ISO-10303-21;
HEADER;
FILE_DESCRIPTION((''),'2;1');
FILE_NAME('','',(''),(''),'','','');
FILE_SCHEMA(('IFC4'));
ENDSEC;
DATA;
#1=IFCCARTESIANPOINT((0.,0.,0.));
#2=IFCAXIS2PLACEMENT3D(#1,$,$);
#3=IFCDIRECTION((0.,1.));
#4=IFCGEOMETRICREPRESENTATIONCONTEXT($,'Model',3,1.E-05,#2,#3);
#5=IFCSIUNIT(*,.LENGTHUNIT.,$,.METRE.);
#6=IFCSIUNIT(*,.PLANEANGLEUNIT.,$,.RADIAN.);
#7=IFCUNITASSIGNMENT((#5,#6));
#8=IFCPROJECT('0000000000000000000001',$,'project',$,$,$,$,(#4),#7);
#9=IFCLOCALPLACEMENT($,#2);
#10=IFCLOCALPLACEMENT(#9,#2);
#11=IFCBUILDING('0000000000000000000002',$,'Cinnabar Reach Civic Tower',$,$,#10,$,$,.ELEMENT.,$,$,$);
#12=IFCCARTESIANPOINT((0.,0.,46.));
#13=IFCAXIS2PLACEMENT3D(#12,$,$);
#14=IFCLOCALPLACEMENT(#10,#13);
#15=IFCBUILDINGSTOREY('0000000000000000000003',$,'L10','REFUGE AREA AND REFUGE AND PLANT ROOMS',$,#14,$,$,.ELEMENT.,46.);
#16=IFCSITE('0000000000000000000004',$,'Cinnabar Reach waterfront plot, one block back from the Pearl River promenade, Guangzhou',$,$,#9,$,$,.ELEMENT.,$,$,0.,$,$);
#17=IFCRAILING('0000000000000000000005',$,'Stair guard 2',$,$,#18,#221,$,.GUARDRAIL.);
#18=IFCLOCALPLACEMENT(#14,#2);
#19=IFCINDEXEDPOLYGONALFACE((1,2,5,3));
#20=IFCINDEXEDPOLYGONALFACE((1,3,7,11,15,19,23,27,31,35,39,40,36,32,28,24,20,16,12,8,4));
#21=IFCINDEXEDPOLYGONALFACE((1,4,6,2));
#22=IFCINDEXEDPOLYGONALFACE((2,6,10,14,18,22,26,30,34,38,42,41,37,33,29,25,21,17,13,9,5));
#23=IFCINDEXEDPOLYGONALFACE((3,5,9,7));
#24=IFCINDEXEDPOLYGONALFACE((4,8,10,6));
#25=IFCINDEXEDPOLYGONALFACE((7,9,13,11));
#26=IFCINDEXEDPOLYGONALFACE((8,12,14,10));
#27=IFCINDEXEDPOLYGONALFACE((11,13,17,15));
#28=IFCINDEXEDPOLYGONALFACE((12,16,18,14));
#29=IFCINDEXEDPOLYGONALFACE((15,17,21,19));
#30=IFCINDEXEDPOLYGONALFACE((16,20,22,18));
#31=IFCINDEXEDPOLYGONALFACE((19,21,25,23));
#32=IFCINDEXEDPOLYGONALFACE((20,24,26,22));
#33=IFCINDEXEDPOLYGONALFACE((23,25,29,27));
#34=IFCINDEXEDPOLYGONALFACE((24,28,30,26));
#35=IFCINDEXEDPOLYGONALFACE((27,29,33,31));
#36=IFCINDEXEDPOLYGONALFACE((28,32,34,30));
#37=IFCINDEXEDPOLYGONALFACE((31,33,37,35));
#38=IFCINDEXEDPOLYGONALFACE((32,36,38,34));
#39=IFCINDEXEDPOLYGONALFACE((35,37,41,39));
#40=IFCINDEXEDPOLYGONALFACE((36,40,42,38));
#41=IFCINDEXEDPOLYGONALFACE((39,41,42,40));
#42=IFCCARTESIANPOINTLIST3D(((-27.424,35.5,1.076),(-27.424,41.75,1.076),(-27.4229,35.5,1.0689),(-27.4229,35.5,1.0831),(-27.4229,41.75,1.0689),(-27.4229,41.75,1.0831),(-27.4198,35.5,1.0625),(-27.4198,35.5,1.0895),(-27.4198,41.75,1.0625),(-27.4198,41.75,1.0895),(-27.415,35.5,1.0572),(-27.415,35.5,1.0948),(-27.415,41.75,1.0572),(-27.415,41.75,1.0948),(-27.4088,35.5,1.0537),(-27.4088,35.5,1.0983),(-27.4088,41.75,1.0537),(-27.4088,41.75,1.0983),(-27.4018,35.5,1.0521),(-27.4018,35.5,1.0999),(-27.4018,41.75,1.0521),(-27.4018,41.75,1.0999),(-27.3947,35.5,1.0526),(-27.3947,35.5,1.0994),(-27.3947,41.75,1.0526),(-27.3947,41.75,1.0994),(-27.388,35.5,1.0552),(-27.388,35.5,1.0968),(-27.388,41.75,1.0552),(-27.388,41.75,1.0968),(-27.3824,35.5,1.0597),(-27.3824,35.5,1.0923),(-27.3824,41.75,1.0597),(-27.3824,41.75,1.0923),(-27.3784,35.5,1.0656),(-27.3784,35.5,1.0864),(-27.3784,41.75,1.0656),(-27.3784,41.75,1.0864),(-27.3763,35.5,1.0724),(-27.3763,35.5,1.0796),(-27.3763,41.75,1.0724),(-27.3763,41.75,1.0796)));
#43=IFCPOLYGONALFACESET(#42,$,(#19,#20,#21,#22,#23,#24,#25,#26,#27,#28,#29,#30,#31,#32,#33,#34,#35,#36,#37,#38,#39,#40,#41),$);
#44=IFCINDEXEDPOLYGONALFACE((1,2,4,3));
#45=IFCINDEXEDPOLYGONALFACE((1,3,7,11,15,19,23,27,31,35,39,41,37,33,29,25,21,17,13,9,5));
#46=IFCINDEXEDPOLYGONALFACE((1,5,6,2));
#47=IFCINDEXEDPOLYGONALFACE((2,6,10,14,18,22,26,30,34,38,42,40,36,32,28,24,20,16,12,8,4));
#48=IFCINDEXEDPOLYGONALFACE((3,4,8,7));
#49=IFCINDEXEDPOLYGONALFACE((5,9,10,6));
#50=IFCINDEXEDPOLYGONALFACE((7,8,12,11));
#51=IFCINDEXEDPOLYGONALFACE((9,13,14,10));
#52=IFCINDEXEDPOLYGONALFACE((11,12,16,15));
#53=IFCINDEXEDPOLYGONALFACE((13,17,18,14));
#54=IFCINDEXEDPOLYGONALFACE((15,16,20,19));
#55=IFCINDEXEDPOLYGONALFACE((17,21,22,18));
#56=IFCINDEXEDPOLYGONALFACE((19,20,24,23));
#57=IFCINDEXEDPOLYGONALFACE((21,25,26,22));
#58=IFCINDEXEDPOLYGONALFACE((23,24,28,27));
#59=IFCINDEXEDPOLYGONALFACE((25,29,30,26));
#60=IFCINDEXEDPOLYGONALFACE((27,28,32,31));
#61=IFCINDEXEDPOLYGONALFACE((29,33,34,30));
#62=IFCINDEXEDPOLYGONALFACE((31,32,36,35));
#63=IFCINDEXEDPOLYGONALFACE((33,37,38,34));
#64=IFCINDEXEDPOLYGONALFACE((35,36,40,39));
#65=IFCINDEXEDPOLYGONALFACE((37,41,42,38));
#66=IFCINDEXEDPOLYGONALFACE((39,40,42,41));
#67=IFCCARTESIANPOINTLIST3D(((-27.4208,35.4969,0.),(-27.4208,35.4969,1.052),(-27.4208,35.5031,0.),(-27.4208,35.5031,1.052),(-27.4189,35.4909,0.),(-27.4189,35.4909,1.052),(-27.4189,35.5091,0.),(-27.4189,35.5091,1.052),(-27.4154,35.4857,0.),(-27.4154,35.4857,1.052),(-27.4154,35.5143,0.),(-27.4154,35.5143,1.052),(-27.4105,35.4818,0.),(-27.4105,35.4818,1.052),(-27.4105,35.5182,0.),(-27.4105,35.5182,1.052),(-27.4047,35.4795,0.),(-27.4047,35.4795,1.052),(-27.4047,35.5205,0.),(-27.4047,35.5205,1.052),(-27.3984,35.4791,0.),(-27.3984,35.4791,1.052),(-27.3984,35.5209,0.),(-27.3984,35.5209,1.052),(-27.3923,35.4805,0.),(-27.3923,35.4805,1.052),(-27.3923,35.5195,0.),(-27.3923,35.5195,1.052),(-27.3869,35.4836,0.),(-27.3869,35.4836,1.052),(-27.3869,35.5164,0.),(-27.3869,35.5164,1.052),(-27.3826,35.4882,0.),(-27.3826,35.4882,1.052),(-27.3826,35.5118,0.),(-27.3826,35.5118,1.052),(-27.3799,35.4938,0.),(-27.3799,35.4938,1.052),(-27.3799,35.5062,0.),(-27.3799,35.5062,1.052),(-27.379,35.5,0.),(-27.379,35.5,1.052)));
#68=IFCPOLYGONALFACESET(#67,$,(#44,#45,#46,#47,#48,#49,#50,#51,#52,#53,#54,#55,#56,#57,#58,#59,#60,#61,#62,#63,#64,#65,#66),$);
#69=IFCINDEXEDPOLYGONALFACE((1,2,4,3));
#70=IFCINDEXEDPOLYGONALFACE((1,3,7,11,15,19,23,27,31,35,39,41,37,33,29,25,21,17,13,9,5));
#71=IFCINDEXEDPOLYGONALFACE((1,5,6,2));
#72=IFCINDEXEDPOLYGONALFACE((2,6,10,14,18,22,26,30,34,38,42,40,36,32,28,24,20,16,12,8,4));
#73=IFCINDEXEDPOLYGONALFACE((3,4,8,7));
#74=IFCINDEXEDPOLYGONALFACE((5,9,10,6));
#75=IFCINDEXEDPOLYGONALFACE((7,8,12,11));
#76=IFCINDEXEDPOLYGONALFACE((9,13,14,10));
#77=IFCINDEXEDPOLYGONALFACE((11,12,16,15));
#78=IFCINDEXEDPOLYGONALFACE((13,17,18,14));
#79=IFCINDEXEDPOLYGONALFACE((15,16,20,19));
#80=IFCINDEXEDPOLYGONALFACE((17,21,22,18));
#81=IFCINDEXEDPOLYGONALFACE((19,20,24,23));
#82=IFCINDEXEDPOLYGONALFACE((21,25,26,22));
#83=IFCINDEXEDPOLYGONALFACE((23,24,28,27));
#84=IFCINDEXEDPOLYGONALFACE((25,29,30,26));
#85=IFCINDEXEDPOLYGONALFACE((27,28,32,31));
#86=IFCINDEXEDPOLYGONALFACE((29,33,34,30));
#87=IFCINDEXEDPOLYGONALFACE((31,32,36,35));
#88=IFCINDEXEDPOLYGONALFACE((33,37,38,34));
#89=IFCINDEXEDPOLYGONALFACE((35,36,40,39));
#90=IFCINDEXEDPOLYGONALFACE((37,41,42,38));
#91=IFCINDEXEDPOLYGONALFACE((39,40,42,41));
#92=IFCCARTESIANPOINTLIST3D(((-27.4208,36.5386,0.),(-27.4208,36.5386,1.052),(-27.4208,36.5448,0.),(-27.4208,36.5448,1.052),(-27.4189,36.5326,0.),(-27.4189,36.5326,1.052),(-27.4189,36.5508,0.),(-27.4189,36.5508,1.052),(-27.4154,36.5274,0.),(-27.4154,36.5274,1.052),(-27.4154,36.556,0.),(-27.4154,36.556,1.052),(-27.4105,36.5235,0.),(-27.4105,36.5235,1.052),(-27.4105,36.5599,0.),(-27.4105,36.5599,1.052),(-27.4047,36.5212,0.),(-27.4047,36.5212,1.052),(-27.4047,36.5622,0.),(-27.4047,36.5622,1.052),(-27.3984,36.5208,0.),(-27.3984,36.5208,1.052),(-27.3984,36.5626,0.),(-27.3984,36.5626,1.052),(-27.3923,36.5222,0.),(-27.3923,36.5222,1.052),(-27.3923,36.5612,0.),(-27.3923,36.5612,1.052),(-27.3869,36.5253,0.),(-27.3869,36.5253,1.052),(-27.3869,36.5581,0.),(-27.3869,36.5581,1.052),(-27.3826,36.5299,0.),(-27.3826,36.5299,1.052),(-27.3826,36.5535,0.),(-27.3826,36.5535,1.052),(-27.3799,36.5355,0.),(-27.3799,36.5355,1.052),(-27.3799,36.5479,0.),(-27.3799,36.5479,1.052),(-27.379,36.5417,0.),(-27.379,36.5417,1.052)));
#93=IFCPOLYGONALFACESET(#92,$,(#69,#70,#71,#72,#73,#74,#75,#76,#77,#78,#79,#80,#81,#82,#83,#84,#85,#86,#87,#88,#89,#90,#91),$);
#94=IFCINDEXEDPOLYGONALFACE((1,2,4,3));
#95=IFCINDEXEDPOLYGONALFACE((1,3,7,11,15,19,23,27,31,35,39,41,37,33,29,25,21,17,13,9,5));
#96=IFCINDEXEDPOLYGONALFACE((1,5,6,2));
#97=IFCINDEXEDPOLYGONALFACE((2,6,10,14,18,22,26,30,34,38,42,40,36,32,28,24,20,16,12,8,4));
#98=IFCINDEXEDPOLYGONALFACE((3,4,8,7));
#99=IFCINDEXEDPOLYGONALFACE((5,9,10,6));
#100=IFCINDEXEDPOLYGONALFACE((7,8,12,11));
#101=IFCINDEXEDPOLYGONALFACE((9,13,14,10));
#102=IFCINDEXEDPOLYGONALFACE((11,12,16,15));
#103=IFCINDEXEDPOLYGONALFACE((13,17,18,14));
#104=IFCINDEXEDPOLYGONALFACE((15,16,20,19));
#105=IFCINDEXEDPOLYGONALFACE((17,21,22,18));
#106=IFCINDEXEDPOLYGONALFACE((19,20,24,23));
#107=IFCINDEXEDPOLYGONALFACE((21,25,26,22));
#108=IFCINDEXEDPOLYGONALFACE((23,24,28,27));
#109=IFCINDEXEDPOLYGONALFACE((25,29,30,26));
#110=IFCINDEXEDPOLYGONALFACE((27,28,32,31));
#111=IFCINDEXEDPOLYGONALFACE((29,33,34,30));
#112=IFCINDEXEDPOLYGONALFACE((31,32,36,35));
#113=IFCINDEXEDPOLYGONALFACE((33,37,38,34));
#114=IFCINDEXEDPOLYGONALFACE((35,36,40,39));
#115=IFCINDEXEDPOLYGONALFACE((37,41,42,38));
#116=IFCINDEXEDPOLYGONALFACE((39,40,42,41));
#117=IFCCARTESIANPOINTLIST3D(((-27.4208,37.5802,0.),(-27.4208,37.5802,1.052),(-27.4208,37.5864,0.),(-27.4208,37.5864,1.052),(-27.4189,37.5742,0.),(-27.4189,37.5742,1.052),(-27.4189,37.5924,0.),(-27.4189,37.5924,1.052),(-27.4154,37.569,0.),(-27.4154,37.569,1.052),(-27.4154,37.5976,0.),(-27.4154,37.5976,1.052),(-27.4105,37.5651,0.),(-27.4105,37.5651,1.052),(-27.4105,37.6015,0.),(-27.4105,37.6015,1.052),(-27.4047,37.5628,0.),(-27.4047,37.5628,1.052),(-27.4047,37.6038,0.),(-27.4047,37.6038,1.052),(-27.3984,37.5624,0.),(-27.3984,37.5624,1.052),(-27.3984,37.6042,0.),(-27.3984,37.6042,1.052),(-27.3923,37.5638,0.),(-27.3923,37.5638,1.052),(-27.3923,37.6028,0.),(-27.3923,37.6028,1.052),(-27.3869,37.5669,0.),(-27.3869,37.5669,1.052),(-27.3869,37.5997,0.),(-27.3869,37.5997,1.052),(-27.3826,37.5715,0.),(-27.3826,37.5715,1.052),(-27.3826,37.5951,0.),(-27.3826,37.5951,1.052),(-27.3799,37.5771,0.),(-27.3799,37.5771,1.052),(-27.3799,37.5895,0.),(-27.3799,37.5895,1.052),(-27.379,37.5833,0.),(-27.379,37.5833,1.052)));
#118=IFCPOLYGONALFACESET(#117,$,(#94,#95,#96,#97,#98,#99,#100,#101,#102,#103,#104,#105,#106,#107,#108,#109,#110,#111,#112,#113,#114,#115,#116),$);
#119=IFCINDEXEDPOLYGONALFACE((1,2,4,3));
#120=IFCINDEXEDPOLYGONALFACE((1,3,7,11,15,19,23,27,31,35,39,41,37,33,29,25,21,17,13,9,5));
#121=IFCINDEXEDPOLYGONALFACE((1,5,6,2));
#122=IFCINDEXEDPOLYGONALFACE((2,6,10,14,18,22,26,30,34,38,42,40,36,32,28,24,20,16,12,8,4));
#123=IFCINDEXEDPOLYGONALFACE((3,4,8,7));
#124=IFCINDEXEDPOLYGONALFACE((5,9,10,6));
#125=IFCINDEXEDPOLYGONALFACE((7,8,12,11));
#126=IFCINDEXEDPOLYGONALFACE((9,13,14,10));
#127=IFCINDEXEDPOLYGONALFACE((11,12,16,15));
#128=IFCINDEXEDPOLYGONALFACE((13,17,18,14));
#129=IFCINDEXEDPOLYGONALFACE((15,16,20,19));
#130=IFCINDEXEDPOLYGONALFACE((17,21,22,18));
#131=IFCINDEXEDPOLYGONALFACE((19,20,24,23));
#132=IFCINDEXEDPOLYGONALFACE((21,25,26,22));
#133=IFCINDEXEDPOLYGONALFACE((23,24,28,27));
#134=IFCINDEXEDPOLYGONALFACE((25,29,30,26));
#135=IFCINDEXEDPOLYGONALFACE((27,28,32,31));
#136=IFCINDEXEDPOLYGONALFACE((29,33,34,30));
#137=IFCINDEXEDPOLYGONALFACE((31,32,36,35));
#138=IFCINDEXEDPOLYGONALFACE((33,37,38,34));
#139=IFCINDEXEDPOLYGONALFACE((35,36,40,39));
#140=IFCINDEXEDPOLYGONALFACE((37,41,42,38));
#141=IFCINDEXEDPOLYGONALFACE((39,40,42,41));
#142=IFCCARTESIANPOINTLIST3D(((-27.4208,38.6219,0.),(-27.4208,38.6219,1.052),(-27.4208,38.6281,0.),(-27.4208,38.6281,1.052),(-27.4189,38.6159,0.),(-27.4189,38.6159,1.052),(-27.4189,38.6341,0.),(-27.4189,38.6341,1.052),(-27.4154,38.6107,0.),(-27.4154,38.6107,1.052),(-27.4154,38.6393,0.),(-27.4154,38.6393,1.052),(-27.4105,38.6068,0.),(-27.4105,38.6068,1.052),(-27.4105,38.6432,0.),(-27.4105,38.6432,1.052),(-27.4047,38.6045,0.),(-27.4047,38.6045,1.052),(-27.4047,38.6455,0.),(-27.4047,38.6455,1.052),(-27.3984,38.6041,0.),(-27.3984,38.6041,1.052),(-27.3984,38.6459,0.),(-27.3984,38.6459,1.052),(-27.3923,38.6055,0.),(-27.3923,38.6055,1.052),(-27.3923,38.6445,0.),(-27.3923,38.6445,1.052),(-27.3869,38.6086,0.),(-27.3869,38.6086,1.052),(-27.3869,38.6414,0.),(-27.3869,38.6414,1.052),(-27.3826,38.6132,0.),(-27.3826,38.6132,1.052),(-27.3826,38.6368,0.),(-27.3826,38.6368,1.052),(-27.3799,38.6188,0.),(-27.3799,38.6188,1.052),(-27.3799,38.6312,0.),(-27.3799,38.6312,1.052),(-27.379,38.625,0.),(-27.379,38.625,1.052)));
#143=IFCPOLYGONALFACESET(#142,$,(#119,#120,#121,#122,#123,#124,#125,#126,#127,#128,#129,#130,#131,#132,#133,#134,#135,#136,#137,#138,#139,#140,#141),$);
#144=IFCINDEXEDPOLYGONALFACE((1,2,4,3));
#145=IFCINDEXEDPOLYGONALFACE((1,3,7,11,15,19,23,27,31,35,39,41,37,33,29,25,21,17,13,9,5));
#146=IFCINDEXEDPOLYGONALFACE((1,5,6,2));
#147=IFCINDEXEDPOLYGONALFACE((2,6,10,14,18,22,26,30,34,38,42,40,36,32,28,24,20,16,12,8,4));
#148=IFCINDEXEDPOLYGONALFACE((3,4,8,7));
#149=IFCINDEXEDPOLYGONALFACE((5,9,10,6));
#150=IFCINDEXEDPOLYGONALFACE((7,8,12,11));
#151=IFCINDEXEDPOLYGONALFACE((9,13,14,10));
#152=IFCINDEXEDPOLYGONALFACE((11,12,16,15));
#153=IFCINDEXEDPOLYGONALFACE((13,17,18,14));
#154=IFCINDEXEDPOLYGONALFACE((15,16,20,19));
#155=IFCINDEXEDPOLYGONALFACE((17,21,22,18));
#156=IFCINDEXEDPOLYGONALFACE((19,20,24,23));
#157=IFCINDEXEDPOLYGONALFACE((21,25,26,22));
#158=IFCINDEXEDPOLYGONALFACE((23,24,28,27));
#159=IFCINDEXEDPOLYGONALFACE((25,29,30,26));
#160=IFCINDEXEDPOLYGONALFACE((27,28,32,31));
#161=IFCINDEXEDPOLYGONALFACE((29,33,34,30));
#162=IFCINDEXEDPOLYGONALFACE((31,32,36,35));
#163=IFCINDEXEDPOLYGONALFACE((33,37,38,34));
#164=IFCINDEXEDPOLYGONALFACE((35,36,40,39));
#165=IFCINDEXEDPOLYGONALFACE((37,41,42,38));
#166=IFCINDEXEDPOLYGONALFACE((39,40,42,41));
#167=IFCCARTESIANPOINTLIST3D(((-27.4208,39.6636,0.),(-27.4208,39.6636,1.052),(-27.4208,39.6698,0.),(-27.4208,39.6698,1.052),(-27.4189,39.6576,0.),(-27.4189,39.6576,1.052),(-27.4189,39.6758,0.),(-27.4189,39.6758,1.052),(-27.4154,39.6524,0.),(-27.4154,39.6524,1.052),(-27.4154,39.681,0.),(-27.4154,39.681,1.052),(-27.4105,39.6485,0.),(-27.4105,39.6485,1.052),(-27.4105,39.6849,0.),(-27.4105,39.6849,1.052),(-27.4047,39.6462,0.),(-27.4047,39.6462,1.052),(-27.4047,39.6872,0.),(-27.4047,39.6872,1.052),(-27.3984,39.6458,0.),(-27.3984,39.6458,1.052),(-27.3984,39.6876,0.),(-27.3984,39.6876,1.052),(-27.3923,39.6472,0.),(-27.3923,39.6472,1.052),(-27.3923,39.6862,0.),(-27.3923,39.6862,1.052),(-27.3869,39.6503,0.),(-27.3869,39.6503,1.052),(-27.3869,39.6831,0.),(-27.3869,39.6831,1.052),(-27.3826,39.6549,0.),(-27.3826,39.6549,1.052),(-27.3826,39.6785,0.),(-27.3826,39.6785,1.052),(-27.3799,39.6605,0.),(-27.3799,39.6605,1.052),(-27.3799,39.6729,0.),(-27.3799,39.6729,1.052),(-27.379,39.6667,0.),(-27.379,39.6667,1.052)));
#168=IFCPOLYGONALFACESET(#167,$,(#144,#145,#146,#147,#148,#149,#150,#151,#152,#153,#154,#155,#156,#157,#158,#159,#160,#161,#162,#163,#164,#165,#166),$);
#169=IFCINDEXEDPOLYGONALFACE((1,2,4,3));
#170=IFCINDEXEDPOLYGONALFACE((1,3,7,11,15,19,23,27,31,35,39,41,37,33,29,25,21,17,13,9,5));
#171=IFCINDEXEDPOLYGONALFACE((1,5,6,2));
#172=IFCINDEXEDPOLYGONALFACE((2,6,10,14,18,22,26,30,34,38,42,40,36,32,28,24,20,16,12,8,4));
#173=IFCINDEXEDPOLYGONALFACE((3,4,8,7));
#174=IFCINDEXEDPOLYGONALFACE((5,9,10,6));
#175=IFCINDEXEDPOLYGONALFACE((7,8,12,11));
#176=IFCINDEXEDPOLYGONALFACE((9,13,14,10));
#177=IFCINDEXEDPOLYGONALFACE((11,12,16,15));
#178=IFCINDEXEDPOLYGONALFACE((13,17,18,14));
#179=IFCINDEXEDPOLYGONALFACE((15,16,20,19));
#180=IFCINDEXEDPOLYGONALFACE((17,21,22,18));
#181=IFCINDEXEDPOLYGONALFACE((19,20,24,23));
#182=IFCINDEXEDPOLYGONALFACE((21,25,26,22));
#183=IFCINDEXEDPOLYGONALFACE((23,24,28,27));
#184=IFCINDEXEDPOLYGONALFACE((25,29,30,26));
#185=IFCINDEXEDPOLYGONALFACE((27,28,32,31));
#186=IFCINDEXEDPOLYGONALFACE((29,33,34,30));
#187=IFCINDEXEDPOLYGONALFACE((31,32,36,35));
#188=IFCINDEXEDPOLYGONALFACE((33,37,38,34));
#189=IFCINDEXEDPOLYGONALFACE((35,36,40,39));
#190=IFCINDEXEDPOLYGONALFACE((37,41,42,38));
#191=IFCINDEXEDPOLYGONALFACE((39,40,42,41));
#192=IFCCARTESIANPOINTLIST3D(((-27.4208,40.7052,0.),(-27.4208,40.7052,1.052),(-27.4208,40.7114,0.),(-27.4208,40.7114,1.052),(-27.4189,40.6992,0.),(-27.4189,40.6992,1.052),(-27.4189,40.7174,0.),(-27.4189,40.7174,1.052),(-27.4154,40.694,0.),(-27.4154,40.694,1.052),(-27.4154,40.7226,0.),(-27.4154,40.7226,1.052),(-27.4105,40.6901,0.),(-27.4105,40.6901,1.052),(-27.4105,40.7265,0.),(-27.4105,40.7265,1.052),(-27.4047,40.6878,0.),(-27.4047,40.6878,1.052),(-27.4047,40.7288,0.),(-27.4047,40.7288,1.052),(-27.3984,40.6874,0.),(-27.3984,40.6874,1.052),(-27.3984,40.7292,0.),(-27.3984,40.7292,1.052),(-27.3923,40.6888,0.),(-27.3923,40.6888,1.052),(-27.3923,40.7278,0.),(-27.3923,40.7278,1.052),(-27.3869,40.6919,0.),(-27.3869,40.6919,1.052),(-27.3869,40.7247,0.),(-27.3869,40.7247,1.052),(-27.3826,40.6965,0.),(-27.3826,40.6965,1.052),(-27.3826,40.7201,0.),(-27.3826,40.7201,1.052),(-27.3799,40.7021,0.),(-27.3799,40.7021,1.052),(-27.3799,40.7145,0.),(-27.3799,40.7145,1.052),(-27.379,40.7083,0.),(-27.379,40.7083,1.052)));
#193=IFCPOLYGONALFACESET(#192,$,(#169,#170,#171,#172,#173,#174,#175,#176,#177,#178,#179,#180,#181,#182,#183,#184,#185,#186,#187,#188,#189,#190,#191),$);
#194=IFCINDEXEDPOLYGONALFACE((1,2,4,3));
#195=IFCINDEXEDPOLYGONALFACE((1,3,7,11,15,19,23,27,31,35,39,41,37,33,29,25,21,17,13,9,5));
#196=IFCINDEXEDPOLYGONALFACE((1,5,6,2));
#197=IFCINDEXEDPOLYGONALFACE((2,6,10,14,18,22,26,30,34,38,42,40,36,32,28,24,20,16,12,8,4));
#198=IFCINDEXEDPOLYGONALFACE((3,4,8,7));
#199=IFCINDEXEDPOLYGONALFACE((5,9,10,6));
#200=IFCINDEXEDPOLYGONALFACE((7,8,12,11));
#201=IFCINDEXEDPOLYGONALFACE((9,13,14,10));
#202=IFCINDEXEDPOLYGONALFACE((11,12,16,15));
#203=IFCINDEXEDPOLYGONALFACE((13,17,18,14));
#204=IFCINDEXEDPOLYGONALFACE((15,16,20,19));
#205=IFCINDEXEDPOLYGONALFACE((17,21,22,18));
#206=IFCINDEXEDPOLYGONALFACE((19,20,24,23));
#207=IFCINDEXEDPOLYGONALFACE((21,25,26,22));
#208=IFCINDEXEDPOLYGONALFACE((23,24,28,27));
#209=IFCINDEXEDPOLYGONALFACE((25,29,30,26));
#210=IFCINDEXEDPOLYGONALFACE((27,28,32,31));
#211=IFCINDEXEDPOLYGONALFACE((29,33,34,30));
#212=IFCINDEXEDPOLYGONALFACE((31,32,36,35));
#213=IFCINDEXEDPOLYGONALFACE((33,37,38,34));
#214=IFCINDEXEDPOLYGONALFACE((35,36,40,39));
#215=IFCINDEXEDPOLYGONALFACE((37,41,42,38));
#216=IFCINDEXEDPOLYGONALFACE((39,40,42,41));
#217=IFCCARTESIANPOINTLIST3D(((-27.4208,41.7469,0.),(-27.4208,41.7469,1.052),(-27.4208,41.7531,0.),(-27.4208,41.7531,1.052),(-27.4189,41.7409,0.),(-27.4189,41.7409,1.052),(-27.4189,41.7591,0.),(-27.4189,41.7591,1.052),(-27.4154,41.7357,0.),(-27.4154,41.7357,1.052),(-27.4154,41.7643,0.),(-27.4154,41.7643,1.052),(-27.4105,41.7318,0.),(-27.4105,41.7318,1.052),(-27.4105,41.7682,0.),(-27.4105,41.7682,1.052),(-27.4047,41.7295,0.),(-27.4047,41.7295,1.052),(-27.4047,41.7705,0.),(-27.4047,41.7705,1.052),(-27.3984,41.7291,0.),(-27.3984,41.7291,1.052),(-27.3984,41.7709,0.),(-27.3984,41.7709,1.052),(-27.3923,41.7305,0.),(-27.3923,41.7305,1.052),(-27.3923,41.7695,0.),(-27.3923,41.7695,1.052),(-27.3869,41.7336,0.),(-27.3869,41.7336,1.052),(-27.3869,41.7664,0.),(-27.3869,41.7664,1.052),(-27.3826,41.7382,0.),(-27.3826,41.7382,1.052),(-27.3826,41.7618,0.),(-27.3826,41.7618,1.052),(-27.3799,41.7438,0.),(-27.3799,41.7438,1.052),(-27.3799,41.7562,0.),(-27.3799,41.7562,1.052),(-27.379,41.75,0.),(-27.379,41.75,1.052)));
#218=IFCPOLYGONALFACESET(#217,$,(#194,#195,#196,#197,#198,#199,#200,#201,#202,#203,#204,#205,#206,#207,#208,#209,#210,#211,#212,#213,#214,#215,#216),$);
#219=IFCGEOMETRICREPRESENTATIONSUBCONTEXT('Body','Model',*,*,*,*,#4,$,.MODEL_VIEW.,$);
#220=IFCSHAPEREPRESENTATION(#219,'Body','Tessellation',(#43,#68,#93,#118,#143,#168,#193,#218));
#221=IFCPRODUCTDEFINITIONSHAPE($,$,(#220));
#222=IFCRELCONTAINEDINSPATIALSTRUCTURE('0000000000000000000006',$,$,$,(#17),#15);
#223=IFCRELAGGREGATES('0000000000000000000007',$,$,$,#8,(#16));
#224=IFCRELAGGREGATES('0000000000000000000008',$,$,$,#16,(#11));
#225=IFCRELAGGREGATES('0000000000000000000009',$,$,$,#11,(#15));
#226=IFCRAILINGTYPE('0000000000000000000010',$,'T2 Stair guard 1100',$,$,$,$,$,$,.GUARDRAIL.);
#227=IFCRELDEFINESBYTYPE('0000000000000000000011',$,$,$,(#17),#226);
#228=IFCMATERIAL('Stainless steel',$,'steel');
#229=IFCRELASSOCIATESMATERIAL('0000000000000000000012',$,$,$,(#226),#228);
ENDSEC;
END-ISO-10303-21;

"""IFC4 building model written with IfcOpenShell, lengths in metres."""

from ifc_helpers import new_model, si_unit, direction, frame, origin, origin_2d, place, context, subcontext, project, spatial, circle, extrude, material, type_object, element, save


model = new_model("IFC4")

# Units and contexts
model_context = context("Model", 3, precision=1e-05, world=origin(), true_north=direction((0.0, 1.0)))
body_context = subcontext(model_context, "Body", "Model", "MODEL_VIEW")
ifc_project = project(units=[si_unit("LENGTHUNIT", "METRE"), si_unit("PLANEANGLEUNIT", "RADIAN")], contexts=[model_context])

# Site, building, storey
site_placement = place(None, origin())
site = spatial("IfcSite", under=ifc_project, at=site_placement, Name="Cinnabar Reach waterfront plot, one block back from the Pearl River promenade, Guangzhou", CompositionType="ELEMENT", RefElevation=0.0)
building_placement = place(site_placement, origin())
building = spatial("IfcBuilding", under=site, at=building_placement, Name="Cinnabar Reach Civic Tower", CompositionType="ELEMENT")
storey_placement = place(building_placement, frame((0.0, 0.0, 46.0)))
storey = spatial("IfcBuildingStorey", under=building, at=storey_placement, Name="L10", Description="REFUGE AREA AND REFUGE AND PLANT ROOMS", CompositionType="ELEMENT", Elevation=46.0)

# Railing
ifc_material_1 = material(Name="Stainless steel", Category="steel")
railing_type = type_object("IfcRailingType", Name="T2 Stair guard 1100", PredefinedType="GUARDRAIL", material=ifc_material_1)
for number, where, name in (
    (1, (-27.4, 35.5, 0.0), "Stair guard 2"),
):
    element("IfcRailing", number, at=place(storey_placement, frame(where)), inside=storey, type_object=railing_type, Name=name, PredefinedType="GUARDRAIL", context=body_context, shape_type="SweptSolid", body=[
        extrude(circle(Radius=0.024, at=origin_2d()), frame((0.0, 0.0, 1.076), z_axis=(0.0, 1.0, 0.0), x_axis=(-1.0, 0.0, 0.0)), (0.0, 0.0, 1.0), 6.25),
        extrude(circle(Radius=0.021, at=origin_2d()), origin(), (0.0, 0.0, 1.0), 1.052),
        extrude(circle(Radius=0.021, at=origin_2d()), frame((0.0, 1.0417, 0.0)), (0.0, 0.0, 1.0), 1.052),
        extrude(circle(Radius=0.021, at=origin_2d()), frame((0.0, 2.0833, 0.0)), (0.0, 0.0, 1.0), 1.052),
        extrude(circle(Radius=0.021, at=origin_2d()), frame((0.0, 3.125, 0.0)), (0.0, 0.0, 1.0), 1.052),
        extrude(circle(Radius=0.021, at=origin_2d()), frame((0.0, 4.1667, 0.0)), (0.0, 0.0, 1.0), 1.052),
        extrude(circle(Radius=0.021, at=origin_2d()), frame((0.0, 5.2083, 0.0)), (0.0, 0.0, 1.0), 1.052),
        extrude(circle(Radius=0.021, at=origin_2d()), frame((0.0, 6.25, 0.0)), (0.0, 0.0, 1.0), 1.052),
    ])

save(model, "model.ifc")
